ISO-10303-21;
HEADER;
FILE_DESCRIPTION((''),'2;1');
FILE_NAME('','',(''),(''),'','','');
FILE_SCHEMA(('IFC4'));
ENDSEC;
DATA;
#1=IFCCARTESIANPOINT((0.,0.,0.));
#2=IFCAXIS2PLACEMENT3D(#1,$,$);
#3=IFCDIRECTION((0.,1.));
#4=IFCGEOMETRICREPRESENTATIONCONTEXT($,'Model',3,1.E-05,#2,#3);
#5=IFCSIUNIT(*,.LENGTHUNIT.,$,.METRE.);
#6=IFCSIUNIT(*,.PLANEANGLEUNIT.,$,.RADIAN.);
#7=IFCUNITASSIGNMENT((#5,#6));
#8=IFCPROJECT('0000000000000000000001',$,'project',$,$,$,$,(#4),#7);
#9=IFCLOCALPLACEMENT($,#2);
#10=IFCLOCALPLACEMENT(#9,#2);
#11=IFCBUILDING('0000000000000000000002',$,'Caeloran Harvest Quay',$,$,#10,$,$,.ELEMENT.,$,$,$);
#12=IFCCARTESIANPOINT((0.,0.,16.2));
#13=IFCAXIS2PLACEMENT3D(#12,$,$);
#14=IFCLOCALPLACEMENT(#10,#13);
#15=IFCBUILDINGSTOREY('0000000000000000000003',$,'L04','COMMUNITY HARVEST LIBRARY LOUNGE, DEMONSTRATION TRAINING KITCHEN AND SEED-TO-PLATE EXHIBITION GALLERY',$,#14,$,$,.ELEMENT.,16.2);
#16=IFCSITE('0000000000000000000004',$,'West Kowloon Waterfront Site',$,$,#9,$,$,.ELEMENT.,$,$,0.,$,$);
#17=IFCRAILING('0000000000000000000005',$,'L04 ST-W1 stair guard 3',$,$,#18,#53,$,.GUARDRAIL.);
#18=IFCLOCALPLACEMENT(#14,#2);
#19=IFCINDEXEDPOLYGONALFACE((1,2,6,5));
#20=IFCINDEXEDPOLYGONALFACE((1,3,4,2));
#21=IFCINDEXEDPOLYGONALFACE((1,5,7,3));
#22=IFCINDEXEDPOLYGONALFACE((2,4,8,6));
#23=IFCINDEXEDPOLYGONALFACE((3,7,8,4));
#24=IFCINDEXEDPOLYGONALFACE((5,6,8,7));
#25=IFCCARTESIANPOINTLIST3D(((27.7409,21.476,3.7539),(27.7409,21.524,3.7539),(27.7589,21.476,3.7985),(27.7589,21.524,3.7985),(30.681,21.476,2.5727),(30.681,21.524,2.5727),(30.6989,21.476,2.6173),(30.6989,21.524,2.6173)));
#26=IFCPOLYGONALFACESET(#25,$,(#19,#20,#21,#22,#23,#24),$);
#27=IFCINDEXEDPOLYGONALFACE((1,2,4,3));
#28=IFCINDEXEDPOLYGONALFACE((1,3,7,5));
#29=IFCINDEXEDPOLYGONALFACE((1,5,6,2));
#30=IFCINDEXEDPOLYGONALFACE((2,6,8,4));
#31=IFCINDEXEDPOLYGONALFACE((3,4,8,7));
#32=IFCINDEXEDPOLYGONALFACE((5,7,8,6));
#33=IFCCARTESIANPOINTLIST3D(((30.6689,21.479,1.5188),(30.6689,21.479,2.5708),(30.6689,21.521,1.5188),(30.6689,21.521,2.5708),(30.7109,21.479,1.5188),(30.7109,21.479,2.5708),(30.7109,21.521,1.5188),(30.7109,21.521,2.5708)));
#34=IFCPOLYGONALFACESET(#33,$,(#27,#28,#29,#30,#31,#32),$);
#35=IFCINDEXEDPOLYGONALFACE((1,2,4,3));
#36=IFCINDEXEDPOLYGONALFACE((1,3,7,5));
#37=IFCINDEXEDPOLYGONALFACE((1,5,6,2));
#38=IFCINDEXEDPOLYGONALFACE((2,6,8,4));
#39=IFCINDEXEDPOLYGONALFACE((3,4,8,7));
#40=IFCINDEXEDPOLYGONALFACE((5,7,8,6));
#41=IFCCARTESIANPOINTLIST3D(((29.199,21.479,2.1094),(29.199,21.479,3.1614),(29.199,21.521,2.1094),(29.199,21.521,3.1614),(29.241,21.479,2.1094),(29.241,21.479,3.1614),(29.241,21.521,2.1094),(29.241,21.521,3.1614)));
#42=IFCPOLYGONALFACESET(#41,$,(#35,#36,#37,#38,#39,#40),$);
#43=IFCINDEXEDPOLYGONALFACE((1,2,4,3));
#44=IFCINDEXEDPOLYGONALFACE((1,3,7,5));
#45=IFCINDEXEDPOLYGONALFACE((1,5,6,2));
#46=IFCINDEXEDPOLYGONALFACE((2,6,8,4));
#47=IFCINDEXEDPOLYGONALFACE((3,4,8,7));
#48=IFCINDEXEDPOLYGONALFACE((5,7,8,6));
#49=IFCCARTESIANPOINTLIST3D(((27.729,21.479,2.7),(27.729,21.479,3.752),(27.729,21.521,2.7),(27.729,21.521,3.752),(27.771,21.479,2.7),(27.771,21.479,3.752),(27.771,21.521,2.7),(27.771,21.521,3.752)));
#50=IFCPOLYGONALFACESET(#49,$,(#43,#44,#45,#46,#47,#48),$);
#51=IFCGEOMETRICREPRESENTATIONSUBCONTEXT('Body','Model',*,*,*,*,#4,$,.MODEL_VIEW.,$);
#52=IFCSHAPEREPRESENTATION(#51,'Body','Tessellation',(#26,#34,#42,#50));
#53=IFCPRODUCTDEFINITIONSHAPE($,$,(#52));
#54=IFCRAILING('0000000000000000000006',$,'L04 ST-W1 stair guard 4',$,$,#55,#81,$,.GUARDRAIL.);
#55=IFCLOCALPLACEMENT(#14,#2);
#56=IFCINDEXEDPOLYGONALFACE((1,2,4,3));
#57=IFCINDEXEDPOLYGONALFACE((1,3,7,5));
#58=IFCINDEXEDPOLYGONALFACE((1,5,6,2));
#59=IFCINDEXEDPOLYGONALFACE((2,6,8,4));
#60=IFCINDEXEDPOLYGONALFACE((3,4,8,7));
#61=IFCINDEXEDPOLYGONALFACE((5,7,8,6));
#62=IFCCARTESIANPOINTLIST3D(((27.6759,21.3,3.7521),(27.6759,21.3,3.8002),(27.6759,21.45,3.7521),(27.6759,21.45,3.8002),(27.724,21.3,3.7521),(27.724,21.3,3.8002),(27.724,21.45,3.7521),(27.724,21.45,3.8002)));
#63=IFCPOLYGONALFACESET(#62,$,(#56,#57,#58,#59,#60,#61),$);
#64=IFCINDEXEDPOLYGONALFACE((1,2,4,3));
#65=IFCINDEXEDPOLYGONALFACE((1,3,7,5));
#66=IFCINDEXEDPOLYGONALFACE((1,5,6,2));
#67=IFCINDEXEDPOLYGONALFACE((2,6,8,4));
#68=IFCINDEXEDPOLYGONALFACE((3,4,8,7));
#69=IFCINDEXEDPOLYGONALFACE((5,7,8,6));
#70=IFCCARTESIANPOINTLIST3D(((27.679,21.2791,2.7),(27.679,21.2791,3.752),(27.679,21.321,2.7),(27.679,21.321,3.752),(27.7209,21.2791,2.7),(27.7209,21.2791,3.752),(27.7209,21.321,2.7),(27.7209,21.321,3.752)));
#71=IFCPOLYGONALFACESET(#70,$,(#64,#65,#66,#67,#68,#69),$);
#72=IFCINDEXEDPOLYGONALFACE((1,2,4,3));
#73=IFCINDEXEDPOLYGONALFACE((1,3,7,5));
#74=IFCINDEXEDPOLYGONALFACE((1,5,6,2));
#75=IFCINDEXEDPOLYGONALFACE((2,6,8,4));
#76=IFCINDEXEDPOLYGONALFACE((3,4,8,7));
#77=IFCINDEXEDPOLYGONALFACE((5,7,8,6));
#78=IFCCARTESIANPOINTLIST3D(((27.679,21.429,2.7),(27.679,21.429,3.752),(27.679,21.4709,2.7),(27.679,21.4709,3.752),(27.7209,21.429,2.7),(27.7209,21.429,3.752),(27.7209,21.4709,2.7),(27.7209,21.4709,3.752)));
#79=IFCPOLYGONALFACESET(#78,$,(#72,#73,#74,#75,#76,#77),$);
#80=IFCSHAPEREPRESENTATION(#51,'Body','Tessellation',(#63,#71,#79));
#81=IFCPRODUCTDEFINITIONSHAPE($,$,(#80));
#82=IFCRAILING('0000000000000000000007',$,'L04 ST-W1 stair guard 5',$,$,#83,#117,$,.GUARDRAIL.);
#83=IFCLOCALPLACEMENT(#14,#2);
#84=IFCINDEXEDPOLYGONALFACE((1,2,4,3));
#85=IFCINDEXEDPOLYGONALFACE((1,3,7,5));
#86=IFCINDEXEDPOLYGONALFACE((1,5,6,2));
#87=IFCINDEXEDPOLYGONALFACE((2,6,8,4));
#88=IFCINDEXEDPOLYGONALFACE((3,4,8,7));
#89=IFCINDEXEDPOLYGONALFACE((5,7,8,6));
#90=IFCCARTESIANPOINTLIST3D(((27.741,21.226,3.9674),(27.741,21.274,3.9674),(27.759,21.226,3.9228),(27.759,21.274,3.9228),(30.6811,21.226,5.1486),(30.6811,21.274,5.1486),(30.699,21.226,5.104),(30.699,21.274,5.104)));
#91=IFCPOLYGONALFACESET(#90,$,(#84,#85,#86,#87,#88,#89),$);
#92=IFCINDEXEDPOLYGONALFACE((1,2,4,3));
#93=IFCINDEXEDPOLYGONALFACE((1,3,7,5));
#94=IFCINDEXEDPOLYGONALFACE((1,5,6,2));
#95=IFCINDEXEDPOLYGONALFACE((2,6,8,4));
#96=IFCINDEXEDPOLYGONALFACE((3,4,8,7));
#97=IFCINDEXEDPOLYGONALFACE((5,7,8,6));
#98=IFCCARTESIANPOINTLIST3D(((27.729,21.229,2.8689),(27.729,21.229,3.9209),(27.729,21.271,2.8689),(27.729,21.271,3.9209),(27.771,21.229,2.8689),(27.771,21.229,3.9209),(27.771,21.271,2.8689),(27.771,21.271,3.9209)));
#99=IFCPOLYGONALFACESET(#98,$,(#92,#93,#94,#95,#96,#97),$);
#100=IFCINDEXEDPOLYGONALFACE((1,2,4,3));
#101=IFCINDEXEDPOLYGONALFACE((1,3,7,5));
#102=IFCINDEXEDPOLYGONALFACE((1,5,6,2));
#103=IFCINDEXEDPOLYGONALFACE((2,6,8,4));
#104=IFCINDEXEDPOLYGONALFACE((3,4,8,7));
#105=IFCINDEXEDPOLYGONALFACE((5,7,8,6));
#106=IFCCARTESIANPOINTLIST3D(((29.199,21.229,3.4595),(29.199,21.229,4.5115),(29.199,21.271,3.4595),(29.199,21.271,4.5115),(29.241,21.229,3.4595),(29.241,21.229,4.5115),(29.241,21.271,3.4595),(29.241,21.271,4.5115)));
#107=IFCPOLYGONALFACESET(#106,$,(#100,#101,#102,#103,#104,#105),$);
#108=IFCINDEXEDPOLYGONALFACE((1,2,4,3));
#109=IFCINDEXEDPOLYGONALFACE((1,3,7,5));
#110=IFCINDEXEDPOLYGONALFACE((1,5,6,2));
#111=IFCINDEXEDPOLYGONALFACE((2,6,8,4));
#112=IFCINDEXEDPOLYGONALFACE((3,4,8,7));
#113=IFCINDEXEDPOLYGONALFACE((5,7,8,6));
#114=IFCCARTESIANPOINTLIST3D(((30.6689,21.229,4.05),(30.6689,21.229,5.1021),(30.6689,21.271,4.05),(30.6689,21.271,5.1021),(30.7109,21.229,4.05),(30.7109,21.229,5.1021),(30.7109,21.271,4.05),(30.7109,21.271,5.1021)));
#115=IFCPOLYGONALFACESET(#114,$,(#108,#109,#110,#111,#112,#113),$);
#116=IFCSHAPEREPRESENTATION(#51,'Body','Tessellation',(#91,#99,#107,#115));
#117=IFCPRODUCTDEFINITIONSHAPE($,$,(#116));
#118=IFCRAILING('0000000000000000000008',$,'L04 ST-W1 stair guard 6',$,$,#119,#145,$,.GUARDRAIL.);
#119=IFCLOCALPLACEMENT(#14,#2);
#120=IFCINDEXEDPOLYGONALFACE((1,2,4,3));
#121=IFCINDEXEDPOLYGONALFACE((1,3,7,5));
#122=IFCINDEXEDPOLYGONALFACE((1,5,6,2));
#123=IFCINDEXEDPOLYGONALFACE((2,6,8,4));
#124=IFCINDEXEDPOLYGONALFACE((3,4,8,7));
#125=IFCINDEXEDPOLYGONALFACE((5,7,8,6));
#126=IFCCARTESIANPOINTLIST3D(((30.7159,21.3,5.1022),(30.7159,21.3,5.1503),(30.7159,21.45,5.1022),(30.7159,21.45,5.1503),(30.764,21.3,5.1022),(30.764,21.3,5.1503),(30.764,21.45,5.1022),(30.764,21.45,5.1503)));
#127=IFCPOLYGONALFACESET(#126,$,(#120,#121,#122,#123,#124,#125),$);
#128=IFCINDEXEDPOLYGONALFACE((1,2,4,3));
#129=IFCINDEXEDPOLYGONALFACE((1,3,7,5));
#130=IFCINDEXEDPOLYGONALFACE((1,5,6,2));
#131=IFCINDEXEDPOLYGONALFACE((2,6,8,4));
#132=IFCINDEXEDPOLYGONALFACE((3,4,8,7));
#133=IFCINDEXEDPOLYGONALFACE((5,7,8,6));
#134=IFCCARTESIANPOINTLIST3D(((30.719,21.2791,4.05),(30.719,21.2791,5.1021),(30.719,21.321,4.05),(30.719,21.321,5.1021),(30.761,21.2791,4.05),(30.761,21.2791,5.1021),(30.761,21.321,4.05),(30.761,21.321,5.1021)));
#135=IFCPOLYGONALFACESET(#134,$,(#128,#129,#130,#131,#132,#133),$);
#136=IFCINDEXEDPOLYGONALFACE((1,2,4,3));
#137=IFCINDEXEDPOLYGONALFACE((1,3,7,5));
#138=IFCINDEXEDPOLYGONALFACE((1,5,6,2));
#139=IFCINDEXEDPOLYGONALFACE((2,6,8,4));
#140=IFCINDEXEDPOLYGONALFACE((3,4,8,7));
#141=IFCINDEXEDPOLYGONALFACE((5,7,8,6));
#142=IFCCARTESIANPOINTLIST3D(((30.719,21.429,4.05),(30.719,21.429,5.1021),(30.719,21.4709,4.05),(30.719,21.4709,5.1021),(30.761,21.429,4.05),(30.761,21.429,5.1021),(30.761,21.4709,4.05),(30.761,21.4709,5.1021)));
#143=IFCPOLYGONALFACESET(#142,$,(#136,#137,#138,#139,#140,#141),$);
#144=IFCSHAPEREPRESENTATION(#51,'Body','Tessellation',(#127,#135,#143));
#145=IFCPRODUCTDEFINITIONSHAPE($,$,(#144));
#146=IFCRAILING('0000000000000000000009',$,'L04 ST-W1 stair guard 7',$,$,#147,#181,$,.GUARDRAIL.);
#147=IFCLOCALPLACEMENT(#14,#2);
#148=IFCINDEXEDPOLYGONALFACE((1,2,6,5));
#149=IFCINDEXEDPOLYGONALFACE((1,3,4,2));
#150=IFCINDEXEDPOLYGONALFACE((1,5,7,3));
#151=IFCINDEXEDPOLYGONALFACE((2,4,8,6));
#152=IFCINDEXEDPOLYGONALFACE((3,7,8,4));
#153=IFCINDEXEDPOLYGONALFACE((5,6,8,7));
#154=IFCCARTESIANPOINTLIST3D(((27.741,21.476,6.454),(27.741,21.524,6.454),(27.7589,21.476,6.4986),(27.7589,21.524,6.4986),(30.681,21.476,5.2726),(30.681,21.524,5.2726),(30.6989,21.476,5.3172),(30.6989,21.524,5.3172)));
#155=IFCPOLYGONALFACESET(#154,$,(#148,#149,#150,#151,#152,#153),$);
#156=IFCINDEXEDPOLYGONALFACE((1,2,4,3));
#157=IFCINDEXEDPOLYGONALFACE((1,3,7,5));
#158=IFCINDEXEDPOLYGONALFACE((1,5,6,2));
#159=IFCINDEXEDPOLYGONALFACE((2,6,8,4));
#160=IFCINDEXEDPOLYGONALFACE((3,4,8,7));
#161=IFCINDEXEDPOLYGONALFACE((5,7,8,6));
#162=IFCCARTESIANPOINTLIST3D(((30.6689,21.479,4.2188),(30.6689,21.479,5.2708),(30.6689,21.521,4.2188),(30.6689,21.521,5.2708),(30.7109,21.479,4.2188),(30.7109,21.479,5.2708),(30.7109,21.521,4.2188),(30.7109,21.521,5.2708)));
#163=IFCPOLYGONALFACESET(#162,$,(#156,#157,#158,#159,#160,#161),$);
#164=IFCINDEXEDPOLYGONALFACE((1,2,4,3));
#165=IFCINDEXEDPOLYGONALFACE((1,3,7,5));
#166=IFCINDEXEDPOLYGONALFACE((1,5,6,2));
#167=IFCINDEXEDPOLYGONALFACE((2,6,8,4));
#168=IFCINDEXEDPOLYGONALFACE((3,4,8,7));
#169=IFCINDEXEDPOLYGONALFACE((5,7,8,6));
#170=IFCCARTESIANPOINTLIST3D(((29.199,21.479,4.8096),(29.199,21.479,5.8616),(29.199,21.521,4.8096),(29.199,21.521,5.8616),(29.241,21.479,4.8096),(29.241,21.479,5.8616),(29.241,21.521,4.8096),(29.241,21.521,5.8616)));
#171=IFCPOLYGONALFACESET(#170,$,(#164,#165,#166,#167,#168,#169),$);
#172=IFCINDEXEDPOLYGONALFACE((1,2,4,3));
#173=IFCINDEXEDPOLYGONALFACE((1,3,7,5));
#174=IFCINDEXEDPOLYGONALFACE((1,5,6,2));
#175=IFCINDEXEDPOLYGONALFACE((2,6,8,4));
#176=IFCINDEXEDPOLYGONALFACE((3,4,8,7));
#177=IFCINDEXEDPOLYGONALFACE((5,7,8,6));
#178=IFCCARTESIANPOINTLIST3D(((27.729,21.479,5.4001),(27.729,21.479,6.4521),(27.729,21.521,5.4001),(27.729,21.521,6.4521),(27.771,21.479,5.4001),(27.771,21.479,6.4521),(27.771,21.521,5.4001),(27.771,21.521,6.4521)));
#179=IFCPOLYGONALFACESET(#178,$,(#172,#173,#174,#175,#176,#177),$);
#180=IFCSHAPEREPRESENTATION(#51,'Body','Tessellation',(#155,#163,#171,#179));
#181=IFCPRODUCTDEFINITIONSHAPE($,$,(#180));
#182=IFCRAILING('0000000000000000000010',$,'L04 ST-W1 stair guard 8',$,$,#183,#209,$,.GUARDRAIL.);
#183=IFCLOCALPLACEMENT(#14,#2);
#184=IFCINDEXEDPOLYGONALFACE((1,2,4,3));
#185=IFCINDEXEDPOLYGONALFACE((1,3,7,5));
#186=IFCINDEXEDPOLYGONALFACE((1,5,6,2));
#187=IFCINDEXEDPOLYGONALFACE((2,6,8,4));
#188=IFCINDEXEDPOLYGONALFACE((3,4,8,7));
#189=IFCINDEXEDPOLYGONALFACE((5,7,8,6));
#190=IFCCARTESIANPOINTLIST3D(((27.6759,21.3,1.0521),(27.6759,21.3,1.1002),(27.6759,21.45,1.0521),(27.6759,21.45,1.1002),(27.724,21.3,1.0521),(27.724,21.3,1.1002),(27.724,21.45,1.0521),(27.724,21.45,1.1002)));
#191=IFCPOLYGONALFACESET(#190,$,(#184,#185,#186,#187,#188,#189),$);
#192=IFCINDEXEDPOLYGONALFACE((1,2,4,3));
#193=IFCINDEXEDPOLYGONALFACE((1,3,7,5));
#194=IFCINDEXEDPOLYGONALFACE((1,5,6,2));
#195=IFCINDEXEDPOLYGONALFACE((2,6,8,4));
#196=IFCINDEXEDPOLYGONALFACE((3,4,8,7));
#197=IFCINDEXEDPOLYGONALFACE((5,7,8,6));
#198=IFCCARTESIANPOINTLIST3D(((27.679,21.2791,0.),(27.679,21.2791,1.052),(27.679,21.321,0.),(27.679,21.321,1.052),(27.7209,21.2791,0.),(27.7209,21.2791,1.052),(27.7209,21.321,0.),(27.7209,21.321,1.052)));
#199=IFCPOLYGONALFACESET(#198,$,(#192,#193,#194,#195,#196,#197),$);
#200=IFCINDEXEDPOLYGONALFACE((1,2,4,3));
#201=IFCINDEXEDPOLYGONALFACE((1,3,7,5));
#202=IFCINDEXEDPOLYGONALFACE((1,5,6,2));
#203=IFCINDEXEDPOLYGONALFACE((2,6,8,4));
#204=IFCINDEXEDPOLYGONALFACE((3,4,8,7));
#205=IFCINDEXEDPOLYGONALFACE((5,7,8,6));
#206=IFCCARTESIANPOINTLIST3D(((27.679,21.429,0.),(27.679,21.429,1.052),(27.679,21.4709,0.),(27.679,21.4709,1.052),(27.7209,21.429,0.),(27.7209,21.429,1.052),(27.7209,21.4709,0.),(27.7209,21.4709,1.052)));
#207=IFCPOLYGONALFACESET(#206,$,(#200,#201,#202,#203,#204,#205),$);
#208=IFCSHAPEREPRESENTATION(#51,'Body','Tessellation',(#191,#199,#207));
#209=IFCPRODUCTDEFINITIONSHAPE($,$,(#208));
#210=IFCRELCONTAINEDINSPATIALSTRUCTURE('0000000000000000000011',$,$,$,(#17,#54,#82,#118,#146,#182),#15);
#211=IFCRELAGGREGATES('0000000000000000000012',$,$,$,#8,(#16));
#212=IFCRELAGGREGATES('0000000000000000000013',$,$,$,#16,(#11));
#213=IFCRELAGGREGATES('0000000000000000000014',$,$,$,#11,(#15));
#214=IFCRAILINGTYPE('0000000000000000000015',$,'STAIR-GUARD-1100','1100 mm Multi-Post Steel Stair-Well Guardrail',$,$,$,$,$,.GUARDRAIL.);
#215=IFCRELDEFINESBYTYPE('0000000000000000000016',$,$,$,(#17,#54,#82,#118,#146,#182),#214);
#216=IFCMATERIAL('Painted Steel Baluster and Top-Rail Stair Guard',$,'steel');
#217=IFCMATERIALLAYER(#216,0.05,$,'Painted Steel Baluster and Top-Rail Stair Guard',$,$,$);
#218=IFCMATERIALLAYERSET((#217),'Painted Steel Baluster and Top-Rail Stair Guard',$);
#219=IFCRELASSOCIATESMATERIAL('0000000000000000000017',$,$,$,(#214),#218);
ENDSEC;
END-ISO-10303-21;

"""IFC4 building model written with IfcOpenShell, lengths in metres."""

from ifc_helpers import new_model, si_unit, direction, frame, origin, origin_2d, place, context, subcontext, project, spatial, rectangle, extrude, material, layer, layer_set, type_object, element, save


model = new_model("IFC4")

# Units and contexts
model_context = context("Model", 3, precision=1e-05, world=origin(), true_north=direction((0.0, 1.0)))
body_context = subcontext(model_context, "Body", "Model", "MODEL_VIEW")
ifc_project = project(units=[si_unit("LENGTHUNIT", "METRE"), si_unit("PLANEANGLEUNIT", "RADIAN")], contexts=[model_context])

# Site, building, storey
site_placement = place(None, origin())
site = spatial("IfcSite", under=ifc_project, at=site_placement, Name="West Kowloon Waterfront Site", CompositionType="ELEMENT", RefElevation=0.0)
building_placement = place(site_placement, origin())
building = spatial("IfcBuilding", under=site, at=building_placement, Name="Caeloran Harvest Quay", CompositionType="ELEMENT")
storey_placement = place(building_placement, frame((0.0, 0.0, 16.2)))
storey = spatial("IfcBuildingStorey", under=building, at=storey_placement, Name="L04", Description="COMMUNITY HARVEST LIBRARY LOUNGE, DEMONSTRATION TRAINING KITCHEN AND SEED-TO-PLATE EXHIBITION GALLERY", CompositionType="ELEMENT", Elevation=16.2)

# Railings
ifc_material_1 = material(Name="Painted Steel Baluster and Top-Rail Stair Guard", Category="steel")
ifc_layer_1 = layer(ifc_material_1, 0.05, Name="Painted Steel Baluster and Top-Rail Stair Guard")
ifc_layer_set_1 = layer_set([ifc_layer_1], Name="Painted Steel Baluster and Top-Rail Stair Guard")
railing_type_1 = type_object("IfcRailingType", Name="STAIR-GUARD-1100", Description="1100 mm Multi-Post Steel Stair-Well Guardrail", PredefinedType="GUARDRAIL", material=ifc_layer_set_1)
railing_1_placement = place(storey_placement, frame((30.6899, 21.5, 1.5188)))
element("IfcRailing", 1, at=railing_1_placement, inside=storey, type_object=railing_type_1, Name="L04 ST-W1 stair guard 3", PredefinedType="GUARDRAIL", context=body_context, shape_type="SweptSolid", body=[
    extrude(rectangle(XDim=0.0481, YDim=0.0481, at=origin_2d()), frame((0.0, 0.0, 1.0762), z_axis=(-0.927912, 0.0, 0.372799), x_axis=(0.0, -1.0, 0.0)), (0.0, 0.0, 1.0), 3.1685),
    extrude(rectangle(XDim=0.042, YDim=0.042, at=origin_2d()), origin(), (0.0, 0.0, 1.0), 1.052),
    extrude(rectangle(XDim=0.042, YDim=0.042, at=origin_2d()), frame((-1.47, 0.0, 0.5906)), (0.0, 0.0, 1.0), 1.052),
    extrude(rectangle(XDim=0.042, YDim=0.042, at=origin_2d()), frame((-2.9399, 0.0, 1.1812)), (0.0, 0.0, 1.0), 1.052),
])
railing_2_placement = place(storey_placement, frame((27.7, 21.3, 2.7)))
element("IfcRailing", 2, at=railing_2_placement, inside=storey, type_object=railing_type_1, Name="L04 ST-W1 stair guard 4", PredefinedType="GUARDRAIL", context=body_context, shape_type="SweptSolid", body=[
    extrude(rectangle(XDim=0.0481, YDim=0.0481, at=origin_2d()), frame((0.0, 0.0, 1.0762), z_axis=(0.0, 1.0, 0.0), x_axis=(-1.0, 0.0, 0.0)), (0.0, 0.0, 1.0), 0.1499),
    extrude(rectangle(XDim=0.042, YDim=0.042, at=origin_2d()), origin(), (0.0, 0.0, 1.0), 1.052),
    extrude(rectangle(XDim=0.042, YDim=0.042, at=origin_2d()), frame((0.0, 0.1499, 0.0)), (0.0, 0.0, 1.0), 1.052),
])
railing_3_placement = place(storey_placement, frame((27.75, 21.25, 2.8689)))
element("IfcRailing", 3, at=railing_3_placement, inside=storey, type_object=railing_type_1, Name="L04 ST-W1 stair guard 5", PredefinedType="GUARDRAIL", context=body_context, shape_type="SweptSolid", body=[
    extrude(rectangle(XDim=0.0481, YDim=0.0481, at=origin_2d()), frame((0.0, 0.0, 1.0762), z_axis=(0.927912, 0.0, 0.372799), x_axis=(0.0, 1.0, 0.0)), (0.0, 0.0, 1.0), 3.1685),
    extrude(rectangle(XDim=0.042, YDim=0.042, at=origin_2d()), origin(), (0.0, 0.0, 1.0), 1.052),
    extrude(rectangle(XDim=0.042, YDim=0.042, at=origin_2d()), frame((1.47, 0.0, 0.5906)), (0.0, 0.0, 1.0), 1.052),
    extrude(rectangle(XDim=0.042, YDim=0.042, at=origin_2d()), frame((2.9399, 0.0, 1.1812)), (0.0, 0.0, 1.0), 1.052),
])
railing_4_placement = place(storey_placement, frame((30.74, 21.3, 4.05)))
element("IfcRailing", 4, at=railing_4_placement, inside=storey, type_object=railing_type_1, Name="L04 ST-W1 stair guard 6", PredefinedType="GUARDRAIL", context=body_context, shape_type="SweptSolid", body=[
    extrude(rectangle(XDim=0.0481, YDim=0.0481, at=origin_2d()), frame((0.0, 0.0, 1.0762), z_axis=(0.0, 1.0, 0.0), x_axis=(-1.0, 0.0, 0.0)), (0.0, 0.0, 1.0), 0.1499),
    extrude(rectangle(XDim=0.042, YDim=0.042, at=origin_2d()), origin(), (0.0, 0.0, 1.0), 1.052),
    extrude(rectangle(XDim=0.042, YDim=0.042, at=origin_2d()), frame((0.0, 0.1499, 0.0)), (0.0, 0.0, 1.0), 1.052),
])
railing_5_placement = place(storey_placement, frame((30.6899, 21.5, 4.2188)))
element("IfcRailing", 5, at=railing_5_placement, inside=storey, type_object=railing_type_1, Name="L04 ST-W1 stair guard 7", PredefinedType="GUARDRAIL", context=body_context, shape_type="SweptSolid", body=[
    extrude(rectangle(XDim=0.0481, YDim=0.0481, at=origin_2d()), frame((0.0, 0.0, 1.0762), z_axis=(-0.927886, 0.0, 0.372865), x_axis=(0.0, -1.0, 0.0)), (0.0, 0.0, 1.0), 3.1685),
    extrude(rectangle(XDim=0.042, YDim=0.042, at=origin_2d()), origin(), (0.0, 0.0, 1.0), 1.052),
    extrude(rectangle(XDim=0.042, YDim=0.042, at=origin_2d()), frame((-1.47, 0.0, 0.5908)), (0.0, 0.0, 1.0), 1.052),
    extrude(rectangle(XDim=0.042, YDim=0.042, at=origin_2d()), frame((-2.9399, 0.0, 1.1814)), (0.0, 0.0, 1.0), 1.052),
])
railing_6_placement = place(storey_placement, frame((27.7, 21.3, 0.0)))
element("IfcRailing", 6, at=railing_6_placement, inside=storey, type_object=railing_type_1, Name="L04 ST-W1 stair guard 8", PredefinedType="GUARDRAIL", context=body_context, shape_type="SweptSolid", body=[
    extrude(rectangle(XDim=0.0481, YDim=0.0481, at=origin_2d()), frame((0.0, 0.0, 1.0762), z_axis=(0.0, 1.0, 0.0), x_axis=(-1.0, 0.0, 0.0)), (0.0, 0.0, 1.0), 0.1499),
    extrude(rectangle(XDim=0.042, YDim=0.042, at=origin_2d()), origin(), (0.0, 0.0, 1.0), 1.052),
    extrude(rectangle(XDim=0.042, YDim=0.042, at=origin_2d()), frame((0.0, 0.1499, 0.0)), (0.0, 0.0, 1.0), 1.052),
])

save(model, "model.ifc")
